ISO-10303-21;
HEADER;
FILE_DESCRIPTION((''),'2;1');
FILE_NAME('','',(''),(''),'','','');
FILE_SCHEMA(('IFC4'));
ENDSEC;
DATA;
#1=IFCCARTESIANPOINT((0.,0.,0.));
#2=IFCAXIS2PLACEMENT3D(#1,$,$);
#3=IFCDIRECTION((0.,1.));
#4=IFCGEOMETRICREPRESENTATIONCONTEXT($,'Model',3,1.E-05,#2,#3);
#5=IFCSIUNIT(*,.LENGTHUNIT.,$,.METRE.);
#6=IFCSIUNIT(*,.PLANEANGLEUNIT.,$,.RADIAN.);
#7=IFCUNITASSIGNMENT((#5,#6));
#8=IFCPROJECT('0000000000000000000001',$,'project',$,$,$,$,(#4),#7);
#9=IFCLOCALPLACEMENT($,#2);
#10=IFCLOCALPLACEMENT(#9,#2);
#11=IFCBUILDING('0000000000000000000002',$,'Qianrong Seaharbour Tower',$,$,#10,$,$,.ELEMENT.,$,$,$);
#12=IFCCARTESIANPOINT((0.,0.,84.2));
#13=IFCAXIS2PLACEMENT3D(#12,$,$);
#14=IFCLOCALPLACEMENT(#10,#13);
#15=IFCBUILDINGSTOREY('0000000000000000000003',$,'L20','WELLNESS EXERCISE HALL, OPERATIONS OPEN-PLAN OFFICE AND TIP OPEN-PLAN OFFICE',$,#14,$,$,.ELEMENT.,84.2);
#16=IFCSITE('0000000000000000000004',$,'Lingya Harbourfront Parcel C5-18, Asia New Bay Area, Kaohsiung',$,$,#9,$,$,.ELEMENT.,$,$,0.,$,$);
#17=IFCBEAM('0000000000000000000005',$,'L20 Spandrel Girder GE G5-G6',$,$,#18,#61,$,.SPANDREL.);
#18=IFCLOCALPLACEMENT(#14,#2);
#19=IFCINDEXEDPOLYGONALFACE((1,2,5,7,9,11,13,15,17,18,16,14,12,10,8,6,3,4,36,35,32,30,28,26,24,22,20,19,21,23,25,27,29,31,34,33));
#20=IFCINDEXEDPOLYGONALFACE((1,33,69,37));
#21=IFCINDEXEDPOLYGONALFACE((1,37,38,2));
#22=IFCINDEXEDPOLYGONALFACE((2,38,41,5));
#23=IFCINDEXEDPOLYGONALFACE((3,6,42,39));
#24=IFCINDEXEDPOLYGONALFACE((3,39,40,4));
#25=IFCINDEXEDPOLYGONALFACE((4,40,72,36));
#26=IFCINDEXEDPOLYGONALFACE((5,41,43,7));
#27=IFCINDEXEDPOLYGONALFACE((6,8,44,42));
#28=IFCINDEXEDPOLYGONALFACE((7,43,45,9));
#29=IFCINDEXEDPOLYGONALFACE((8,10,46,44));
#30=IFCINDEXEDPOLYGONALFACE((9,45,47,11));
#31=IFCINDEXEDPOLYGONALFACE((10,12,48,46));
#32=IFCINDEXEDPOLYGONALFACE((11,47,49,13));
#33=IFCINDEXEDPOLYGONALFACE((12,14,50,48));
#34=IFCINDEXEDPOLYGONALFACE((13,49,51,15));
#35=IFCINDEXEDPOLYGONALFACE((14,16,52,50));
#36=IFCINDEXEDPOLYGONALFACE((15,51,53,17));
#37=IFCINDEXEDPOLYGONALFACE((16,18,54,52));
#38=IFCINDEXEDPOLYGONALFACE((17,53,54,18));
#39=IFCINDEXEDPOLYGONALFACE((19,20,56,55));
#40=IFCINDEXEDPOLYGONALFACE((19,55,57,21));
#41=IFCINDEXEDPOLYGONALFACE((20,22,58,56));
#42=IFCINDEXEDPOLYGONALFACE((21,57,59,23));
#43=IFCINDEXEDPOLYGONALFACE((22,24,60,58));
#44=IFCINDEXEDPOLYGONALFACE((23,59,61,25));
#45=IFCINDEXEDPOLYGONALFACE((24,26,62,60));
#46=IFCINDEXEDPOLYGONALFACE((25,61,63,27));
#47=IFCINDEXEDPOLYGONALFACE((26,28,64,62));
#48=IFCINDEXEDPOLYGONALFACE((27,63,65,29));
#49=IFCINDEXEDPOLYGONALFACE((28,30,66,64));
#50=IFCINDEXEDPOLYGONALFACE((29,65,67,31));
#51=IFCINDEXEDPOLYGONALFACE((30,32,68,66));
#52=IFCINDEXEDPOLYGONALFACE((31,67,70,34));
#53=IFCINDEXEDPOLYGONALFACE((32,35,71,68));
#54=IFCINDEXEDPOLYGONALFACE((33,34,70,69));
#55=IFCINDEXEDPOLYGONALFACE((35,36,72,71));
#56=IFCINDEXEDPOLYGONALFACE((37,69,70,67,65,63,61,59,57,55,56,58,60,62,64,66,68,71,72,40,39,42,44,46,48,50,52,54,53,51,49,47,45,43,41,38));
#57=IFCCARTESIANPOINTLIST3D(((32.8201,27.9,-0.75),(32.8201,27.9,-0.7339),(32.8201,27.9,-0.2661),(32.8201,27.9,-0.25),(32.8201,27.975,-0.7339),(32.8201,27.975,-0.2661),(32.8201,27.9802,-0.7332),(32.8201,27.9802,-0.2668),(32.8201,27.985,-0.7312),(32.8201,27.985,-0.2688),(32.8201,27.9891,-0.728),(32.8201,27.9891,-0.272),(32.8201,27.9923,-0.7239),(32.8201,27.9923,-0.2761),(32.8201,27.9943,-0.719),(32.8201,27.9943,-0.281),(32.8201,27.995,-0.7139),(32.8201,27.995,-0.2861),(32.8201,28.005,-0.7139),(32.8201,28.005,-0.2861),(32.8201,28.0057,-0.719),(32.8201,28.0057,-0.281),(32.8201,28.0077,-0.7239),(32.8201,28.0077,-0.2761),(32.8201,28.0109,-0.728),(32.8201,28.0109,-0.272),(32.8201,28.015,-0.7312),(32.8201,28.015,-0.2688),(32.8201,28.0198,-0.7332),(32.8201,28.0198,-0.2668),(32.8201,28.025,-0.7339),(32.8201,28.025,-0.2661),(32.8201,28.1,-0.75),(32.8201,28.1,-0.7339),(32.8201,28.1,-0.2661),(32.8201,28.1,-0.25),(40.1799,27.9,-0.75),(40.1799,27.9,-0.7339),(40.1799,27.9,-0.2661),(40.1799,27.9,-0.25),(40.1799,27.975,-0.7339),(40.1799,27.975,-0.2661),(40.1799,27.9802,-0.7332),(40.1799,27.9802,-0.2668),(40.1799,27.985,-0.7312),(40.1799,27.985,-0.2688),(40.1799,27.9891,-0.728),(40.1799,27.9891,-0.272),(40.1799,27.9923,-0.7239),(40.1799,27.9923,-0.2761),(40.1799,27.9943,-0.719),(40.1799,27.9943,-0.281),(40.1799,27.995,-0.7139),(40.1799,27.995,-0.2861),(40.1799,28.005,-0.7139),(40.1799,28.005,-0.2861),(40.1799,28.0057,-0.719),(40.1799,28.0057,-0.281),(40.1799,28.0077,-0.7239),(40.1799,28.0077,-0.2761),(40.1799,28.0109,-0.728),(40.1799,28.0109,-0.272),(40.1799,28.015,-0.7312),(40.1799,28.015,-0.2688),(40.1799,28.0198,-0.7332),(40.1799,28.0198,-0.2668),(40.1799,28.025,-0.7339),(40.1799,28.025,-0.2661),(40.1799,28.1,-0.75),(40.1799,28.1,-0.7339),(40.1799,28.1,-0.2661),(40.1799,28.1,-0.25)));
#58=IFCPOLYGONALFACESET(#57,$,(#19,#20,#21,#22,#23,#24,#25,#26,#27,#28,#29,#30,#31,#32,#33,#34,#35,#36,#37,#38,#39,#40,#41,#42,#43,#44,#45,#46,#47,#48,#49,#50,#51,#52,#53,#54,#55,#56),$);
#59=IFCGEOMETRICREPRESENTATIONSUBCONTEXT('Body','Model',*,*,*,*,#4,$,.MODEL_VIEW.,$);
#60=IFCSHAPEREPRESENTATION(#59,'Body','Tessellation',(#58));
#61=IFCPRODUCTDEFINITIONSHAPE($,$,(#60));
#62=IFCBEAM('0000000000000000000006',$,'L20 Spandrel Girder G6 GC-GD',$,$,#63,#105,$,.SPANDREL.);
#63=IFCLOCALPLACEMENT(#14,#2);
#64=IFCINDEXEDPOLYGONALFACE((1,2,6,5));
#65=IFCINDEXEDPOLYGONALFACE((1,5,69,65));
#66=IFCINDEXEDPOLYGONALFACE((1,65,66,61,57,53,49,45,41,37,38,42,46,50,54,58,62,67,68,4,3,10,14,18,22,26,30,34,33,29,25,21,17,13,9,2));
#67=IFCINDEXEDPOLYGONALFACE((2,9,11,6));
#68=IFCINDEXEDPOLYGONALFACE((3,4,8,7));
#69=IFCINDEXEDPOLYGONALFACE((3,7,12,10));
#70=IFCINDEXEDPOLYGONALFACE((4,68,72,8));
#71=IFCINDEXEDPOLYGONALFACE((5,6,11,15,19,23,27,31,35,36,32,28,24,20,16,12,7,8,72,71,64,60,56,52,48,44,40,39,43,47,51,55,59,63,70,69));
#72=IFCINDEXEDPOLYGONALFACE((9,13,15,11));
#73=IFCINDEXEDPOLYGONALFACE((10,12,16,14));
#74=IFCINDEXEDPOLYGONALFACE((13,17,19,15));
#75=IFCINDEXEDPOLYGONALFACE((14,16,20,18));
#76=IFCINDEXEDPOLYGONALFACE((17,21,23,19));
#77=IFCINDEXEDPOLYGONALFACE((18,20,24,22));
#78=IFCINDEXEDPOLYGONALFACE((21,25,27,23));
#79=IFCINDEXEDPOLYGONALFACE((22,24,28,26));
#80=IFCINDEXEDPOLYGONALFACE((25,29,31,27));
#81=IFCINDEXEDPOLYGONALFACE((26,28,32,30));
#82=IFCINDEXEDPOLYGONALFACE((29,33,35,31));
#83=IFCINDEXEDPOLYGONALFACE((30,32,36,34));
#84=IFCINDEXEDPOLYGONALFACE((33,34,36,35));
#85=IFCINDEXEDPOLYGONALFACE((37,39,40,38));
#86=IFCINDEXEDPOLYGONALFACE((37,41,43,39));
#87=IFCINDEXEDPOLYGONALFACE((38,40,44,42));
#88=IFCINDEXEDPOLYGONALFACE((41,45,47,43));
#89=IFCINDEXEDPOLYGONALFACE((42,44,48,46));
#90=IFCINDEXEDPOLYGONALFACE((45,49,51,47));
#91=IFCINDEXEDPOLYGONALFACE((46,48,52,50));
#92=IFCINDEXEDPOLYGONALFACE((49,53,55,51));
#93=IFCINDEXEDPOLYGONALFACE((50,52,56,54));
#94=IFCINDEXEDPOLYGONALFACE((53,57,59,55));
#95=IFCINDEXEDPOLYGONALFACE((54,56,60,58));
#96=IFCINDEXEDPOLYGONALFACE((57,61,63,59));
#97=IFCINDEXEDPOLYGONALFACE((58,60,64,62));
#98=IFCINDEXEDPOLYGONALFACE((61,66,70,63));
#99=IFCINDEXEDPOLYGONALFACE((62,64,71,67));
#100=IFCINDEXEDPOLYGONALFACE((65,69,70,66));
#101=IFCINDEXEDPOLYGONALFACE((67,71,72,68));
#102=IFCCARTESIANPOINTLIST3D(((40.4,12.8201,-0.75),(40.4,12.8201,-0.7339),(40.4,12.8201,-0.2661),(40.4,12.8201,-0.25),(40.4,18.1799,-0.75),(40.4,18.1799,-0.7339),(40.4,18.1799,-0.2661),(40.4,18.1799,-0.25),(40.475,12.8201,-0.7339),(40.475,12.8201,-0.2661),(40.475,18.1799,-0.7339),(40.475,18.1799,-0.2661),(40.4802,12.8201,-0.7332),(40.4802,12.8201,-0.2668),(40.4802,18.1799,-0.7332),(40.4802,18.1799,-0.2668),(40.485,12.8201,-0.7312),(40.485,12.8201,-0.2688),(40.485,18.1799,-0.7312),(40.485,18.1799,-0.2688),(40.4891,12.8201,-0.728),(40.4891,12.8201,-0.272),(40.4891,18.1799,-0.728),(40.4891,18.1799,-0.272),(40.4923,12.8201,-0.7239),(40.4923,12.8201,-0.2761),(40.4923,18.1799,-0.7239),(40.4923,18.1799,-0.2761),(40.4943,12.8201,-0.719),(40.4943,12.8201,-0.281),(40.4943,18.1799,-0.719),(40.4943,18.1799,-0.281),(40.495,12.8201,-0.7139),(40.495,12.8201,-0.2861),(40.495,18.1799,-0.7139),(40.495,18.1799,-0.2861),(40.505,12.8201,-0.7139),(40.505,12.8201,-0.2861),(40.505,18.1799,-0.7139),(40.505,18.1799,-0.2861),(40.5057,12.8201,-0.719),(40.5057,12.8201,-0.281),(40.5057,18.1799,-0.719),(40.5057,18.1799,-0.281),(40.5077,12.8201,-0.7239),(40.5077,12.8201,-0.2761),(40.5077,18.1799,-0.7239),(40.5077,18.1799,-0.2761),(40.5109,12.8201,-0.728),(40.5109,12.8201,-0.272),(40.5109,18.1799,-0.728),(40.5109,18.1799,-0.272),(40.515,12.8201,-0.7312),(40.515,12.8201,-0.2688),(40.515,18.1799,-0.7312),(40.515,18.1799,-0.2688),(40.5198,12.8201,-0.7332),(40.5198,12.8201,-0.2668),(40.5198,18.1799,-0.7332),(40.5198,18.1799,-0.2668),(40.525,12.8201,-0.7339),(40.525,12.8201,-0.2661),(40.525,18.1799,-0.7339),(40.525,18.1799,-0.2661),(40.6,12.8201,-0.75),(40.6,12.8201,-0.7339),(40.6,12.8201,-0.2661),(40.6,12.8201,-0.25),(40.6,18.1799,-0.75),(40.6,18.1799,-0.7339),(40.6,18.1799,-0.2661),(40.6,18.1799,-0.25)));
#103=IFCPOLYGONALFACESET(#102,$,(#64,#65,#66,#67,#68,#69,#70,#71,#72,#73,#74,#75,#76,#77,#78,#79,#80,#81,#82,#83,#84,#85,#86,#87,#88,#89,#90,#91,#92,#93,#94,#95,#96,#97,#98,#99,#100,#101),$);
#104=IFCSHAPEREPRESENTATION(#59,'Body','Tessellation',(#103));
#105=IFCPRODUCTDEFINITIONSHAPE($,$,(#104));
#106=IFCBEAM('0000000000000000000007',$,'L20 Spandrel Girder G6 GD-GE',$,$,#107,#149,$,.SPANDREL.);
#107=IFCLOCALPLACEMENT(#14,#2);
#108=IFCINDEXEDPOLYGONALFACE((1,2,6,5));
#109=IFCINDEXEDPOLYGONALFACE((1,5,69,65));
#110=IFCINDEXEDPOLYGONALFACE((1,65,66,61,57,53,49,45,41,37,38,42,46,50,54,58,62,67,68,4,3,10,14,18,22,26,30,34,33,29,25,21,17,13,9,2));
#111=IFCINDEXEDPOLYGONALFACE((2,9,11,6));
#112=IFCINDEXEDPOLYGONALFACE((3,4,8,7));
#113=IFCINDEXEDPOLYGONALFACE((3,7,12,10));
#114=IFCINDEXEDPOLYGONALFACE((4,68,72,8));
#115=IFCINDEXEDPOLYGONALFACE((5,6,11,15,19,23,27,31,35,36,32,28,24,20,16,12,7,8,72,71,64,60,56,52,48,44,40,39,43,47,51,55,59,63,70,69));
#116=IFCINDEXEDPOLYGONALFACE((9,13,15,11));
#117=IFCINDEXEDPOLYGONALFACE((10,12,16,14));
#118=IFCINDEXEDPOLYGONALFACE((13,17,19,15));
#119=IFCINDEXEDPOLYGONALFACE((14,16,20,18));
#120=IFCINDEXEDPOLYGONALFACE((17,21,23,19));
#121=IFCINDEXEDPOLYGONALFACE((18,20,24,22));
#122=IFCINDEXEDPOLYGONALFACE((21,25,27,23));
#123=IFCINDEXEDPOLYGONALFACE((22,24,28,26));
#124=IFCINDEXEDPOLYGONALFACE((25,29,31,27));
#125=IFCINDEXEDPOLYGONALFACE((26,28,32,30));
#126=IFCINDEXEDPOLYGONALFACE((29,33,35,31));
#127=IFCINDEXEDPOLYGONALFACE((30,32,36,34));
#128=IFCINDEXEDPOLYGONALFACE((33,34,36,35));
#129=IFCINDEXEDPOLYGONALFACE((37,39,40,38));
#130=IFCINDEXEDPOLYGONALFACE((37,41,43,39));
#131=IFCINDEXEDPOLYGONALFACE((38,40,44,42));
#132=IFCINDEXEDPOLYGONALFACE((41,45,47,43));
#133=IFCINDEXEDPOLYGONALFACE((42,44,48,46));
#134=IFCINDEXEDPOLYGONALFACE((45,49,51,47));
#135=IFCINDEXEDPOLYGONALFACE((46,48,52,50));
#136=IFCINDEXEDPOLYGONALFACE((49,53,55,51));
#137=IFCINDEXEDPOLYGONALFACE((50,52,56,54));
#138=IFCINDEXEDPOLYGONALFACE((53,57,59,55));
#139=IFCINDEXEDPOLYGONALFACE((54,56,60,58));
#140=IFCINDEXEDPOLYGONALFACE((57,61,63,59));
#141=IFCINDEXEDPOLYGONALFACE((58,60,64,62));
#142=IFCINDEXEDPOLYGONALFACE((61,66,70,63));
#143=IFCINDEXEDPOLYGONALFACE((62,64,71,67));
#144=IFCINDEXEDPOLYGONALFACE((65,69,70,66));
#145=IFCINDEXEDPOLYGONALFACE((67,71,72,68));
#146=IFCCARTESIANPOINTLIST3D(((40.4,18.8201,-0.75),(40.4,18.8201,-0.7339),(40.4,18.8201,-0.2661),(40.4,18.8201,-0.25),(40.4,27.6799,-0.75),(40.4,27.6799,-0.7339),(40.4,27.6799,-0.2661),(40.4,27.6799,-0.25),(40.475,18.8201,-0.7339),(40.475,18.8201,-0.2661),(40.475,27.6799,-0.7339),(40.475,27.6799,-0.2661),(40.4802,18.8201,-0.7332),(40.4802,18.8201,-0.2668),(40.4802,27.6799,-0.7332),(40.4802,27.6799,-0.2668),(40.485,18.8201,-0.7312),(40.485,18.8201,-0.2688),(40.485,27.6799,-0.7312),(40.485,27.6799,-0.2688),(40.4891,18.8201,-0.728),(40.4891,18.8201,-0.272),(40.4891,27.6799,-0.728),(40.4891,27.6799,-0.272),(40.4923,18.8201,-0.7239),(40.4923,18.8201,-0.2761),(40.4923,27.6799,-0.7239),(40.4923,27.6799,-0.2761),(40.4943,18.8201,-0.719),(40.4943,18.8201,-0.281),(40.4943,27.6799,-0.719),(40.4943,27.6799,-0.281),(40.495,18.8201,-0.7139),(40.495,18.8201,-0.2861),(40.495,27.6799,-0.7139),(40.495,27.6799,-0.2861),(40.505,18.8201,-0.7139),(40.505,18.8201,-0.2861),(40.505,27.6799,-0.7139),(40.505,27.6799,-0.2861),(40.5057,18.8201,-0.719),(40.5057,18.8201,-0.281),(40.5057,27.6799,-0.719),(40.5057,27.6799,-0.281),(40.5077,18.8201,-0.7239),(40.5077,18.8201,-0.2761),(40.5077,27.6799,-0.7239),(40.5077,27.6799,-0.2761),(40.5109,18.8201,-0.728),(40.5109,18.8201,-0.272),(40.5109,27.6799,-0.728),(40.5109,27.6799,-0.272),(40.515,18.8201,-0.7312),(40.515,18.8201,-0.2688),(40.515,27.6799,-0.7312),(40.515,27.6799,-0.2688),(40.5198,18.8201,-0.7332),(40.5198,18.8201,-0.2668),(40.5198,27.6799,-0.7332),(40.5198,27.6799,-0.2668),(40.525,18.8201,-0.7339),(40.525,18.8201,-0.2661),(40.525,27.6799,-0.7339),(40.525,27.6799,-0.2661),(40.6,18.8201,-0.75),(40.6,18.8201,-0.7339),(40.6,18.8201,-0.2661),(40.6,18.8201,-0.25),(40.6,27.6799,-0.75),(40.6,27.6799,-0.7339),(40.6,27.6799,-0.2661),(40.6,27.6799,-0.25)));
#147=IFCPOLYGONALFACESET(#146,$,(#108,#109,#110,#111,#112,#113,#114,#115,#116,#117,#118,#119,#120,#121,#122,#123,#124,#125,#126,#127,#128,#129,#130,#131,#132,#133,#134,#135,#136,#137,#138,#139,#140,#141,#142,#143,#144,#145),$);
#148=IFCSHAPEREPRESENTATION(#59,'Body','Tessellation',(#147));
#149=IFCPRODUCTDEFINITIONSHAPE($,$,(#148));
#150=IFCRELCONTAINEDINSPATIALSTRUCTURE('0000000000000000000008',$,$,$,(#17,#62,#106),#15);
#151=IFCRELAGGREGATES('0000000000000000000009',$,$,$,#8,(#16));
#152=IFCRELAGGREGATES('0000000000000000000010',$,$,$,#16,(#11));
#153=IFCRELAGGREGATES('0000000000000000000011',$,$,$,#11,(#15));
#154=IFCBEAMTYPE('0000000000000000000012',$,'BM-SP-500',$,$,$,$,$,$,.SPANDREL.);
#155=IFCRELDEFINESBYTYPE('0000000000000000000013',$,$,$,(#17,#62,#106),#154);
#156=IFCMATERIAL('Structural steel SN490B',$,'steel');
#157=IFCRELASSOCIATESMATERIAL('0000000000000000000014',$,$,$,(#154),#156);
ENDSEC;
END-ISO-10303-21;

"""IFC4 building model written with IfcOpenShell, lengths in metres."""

from ifc_helpers import new_model, si_unit, direction, frame, origin, origin_2d, place, context, subcontext, project, spatial, i_section, extrude, material, material_profile, profile_set, type_object, element, save


model = new_model("IFC4")

# Units and contexts
model_context = context("Model", 3, precision=1e-05, world=origin(), true_north=direction((0.0, 1.0)))
body_context = subcontext(model_context, "Body", "Model", "MODEL_VIEW")
ifc_project = project(units=[si_unit("LENGTHUNIT", "METRE"), si_unit("PLANEANGLEUNIT", "RADIAN")], contexts=[model_context])

# Site, building, storey
site_placement = place(None, origin())
site = spatial("IfcSite", under=ifc_project, at=site_placement, Name="Lingya Harbourfront Parcel C5-18, Asia New Bay Area, Kaohsiung", CompositionType="ELEMENT", RefElevation=0.0)
building_placement = place(site_placement, origin())
building = spatial("IfcBuilding", under=site, at=building_placement, Name="Qianrong Seaharbour Tower", CompositionType="ELEMENT")
storey_placement = place(building_placement, frame((0.0, 0.0, 84.2)))
storey = spatial("IfcBuildingStorey", under=building, at=storey_placement, Name="L20", Description="WELLNESS EXERCISE HALL, OPERATIONS OPEN-PLAN OFFICE AND TIP OPEN-PLAN OFFICE", CompositionType="ELEMENT", Elevation=84.2)

# Shared definitions
ifc_material_1 = material(Name="Structural steel SN490B", Category="steel")

# Beams
ifc_material_profile_1 = material_profile(ifc_material_1, i_section(OverallWidth=0.2, OverallDepth=0.5, WebThickness=0.01, FlangeThickness=0.0161, FilletRadius=0.02, at=origin_2d()), Name="H500x200x10x16")
ifc_profile_set_1 = profile_set([ifc_material_profile_1], Name="Structural steel SN490B")
beam_type_1 = type_object("IfcBeamType", Name="BM-SP-500", PredefinedType="SPANDREL", material=ifc_profile_set_1)
for number, where, z_axis, x_axis, name in (
    (1, (32.8201, 28.0, -0.5), (1.0, 0.0, 0.0), (0.0, 1.0, 0.0), "L20 Spandrel Girder GE G5-G6"),
):
    element("IfcBeam", number, at=place(storey_placement, frame(where, z_axis=z_axis, x_axis=x_axis)), inside=storey, type_object=beam_type_1, Name=name, PredefinedType="SPANDREL", context=body_context, shape_type="SweptSolid", body=[
        extrude(i_section(OverallWidth=0.2, OverallDepth=0.5, WebThickness=0.01, FlangeThickness=0.0161, FilletRadius=0.02, at=origin_2d()), origin(), (0.0, 0.0, 1.0), 7.3599),
    ])
beam_1_placement = place(storey_placement, frame((40.5, 12.8201, -0.5), z_axis=(0.0, 1.0, 0.0), x_axis=(-1.0, 0.0, 0.0)))
element("IfcBeam", 2, at=beam_1_placement, inside=storey, type_object=beam_type_1, Name="L20 Spandrel Girder G6 GC-GD", PredefinedType="SPANDREL", context=body_context, shape_type="SweptSolid", body=[
    extrude(i_section(OverallWidth=0.2, OverallDepth=0.5, WebThickness=0.01, FlangeThickness=0.0161, FilletRadius=0.02, at=origin_2d()), origin(), (0.0, 0.0, 1.0), 5.3599),
])
beam_2_placement = place(storey_placement, frame((40.5, 18.8201, -0.5), z_axis=(0.0, 1.0, 0.0), x_axis=(-1.0, 0.0, 0.0)))
element("IfcBeam", 3, at=beam_2_placement, inside=storey, type_object=beam_type_1, Name="L20 Spandrel Girder G6 GD-GE", PredefinedType="SPANDREL", context=body_context, shape_type="SweptSolid", body=[
    extrude(i_section(OverallWidth=0.2, OverallDepth=0.5, WebThickness=0.01, FlangeThickness=0.0161, FilletRadius=0.02, at=origin_2d()), origin(), (0.0, 0.0, 1.0), 8.8599),
])

save(model, "model.ifc")
